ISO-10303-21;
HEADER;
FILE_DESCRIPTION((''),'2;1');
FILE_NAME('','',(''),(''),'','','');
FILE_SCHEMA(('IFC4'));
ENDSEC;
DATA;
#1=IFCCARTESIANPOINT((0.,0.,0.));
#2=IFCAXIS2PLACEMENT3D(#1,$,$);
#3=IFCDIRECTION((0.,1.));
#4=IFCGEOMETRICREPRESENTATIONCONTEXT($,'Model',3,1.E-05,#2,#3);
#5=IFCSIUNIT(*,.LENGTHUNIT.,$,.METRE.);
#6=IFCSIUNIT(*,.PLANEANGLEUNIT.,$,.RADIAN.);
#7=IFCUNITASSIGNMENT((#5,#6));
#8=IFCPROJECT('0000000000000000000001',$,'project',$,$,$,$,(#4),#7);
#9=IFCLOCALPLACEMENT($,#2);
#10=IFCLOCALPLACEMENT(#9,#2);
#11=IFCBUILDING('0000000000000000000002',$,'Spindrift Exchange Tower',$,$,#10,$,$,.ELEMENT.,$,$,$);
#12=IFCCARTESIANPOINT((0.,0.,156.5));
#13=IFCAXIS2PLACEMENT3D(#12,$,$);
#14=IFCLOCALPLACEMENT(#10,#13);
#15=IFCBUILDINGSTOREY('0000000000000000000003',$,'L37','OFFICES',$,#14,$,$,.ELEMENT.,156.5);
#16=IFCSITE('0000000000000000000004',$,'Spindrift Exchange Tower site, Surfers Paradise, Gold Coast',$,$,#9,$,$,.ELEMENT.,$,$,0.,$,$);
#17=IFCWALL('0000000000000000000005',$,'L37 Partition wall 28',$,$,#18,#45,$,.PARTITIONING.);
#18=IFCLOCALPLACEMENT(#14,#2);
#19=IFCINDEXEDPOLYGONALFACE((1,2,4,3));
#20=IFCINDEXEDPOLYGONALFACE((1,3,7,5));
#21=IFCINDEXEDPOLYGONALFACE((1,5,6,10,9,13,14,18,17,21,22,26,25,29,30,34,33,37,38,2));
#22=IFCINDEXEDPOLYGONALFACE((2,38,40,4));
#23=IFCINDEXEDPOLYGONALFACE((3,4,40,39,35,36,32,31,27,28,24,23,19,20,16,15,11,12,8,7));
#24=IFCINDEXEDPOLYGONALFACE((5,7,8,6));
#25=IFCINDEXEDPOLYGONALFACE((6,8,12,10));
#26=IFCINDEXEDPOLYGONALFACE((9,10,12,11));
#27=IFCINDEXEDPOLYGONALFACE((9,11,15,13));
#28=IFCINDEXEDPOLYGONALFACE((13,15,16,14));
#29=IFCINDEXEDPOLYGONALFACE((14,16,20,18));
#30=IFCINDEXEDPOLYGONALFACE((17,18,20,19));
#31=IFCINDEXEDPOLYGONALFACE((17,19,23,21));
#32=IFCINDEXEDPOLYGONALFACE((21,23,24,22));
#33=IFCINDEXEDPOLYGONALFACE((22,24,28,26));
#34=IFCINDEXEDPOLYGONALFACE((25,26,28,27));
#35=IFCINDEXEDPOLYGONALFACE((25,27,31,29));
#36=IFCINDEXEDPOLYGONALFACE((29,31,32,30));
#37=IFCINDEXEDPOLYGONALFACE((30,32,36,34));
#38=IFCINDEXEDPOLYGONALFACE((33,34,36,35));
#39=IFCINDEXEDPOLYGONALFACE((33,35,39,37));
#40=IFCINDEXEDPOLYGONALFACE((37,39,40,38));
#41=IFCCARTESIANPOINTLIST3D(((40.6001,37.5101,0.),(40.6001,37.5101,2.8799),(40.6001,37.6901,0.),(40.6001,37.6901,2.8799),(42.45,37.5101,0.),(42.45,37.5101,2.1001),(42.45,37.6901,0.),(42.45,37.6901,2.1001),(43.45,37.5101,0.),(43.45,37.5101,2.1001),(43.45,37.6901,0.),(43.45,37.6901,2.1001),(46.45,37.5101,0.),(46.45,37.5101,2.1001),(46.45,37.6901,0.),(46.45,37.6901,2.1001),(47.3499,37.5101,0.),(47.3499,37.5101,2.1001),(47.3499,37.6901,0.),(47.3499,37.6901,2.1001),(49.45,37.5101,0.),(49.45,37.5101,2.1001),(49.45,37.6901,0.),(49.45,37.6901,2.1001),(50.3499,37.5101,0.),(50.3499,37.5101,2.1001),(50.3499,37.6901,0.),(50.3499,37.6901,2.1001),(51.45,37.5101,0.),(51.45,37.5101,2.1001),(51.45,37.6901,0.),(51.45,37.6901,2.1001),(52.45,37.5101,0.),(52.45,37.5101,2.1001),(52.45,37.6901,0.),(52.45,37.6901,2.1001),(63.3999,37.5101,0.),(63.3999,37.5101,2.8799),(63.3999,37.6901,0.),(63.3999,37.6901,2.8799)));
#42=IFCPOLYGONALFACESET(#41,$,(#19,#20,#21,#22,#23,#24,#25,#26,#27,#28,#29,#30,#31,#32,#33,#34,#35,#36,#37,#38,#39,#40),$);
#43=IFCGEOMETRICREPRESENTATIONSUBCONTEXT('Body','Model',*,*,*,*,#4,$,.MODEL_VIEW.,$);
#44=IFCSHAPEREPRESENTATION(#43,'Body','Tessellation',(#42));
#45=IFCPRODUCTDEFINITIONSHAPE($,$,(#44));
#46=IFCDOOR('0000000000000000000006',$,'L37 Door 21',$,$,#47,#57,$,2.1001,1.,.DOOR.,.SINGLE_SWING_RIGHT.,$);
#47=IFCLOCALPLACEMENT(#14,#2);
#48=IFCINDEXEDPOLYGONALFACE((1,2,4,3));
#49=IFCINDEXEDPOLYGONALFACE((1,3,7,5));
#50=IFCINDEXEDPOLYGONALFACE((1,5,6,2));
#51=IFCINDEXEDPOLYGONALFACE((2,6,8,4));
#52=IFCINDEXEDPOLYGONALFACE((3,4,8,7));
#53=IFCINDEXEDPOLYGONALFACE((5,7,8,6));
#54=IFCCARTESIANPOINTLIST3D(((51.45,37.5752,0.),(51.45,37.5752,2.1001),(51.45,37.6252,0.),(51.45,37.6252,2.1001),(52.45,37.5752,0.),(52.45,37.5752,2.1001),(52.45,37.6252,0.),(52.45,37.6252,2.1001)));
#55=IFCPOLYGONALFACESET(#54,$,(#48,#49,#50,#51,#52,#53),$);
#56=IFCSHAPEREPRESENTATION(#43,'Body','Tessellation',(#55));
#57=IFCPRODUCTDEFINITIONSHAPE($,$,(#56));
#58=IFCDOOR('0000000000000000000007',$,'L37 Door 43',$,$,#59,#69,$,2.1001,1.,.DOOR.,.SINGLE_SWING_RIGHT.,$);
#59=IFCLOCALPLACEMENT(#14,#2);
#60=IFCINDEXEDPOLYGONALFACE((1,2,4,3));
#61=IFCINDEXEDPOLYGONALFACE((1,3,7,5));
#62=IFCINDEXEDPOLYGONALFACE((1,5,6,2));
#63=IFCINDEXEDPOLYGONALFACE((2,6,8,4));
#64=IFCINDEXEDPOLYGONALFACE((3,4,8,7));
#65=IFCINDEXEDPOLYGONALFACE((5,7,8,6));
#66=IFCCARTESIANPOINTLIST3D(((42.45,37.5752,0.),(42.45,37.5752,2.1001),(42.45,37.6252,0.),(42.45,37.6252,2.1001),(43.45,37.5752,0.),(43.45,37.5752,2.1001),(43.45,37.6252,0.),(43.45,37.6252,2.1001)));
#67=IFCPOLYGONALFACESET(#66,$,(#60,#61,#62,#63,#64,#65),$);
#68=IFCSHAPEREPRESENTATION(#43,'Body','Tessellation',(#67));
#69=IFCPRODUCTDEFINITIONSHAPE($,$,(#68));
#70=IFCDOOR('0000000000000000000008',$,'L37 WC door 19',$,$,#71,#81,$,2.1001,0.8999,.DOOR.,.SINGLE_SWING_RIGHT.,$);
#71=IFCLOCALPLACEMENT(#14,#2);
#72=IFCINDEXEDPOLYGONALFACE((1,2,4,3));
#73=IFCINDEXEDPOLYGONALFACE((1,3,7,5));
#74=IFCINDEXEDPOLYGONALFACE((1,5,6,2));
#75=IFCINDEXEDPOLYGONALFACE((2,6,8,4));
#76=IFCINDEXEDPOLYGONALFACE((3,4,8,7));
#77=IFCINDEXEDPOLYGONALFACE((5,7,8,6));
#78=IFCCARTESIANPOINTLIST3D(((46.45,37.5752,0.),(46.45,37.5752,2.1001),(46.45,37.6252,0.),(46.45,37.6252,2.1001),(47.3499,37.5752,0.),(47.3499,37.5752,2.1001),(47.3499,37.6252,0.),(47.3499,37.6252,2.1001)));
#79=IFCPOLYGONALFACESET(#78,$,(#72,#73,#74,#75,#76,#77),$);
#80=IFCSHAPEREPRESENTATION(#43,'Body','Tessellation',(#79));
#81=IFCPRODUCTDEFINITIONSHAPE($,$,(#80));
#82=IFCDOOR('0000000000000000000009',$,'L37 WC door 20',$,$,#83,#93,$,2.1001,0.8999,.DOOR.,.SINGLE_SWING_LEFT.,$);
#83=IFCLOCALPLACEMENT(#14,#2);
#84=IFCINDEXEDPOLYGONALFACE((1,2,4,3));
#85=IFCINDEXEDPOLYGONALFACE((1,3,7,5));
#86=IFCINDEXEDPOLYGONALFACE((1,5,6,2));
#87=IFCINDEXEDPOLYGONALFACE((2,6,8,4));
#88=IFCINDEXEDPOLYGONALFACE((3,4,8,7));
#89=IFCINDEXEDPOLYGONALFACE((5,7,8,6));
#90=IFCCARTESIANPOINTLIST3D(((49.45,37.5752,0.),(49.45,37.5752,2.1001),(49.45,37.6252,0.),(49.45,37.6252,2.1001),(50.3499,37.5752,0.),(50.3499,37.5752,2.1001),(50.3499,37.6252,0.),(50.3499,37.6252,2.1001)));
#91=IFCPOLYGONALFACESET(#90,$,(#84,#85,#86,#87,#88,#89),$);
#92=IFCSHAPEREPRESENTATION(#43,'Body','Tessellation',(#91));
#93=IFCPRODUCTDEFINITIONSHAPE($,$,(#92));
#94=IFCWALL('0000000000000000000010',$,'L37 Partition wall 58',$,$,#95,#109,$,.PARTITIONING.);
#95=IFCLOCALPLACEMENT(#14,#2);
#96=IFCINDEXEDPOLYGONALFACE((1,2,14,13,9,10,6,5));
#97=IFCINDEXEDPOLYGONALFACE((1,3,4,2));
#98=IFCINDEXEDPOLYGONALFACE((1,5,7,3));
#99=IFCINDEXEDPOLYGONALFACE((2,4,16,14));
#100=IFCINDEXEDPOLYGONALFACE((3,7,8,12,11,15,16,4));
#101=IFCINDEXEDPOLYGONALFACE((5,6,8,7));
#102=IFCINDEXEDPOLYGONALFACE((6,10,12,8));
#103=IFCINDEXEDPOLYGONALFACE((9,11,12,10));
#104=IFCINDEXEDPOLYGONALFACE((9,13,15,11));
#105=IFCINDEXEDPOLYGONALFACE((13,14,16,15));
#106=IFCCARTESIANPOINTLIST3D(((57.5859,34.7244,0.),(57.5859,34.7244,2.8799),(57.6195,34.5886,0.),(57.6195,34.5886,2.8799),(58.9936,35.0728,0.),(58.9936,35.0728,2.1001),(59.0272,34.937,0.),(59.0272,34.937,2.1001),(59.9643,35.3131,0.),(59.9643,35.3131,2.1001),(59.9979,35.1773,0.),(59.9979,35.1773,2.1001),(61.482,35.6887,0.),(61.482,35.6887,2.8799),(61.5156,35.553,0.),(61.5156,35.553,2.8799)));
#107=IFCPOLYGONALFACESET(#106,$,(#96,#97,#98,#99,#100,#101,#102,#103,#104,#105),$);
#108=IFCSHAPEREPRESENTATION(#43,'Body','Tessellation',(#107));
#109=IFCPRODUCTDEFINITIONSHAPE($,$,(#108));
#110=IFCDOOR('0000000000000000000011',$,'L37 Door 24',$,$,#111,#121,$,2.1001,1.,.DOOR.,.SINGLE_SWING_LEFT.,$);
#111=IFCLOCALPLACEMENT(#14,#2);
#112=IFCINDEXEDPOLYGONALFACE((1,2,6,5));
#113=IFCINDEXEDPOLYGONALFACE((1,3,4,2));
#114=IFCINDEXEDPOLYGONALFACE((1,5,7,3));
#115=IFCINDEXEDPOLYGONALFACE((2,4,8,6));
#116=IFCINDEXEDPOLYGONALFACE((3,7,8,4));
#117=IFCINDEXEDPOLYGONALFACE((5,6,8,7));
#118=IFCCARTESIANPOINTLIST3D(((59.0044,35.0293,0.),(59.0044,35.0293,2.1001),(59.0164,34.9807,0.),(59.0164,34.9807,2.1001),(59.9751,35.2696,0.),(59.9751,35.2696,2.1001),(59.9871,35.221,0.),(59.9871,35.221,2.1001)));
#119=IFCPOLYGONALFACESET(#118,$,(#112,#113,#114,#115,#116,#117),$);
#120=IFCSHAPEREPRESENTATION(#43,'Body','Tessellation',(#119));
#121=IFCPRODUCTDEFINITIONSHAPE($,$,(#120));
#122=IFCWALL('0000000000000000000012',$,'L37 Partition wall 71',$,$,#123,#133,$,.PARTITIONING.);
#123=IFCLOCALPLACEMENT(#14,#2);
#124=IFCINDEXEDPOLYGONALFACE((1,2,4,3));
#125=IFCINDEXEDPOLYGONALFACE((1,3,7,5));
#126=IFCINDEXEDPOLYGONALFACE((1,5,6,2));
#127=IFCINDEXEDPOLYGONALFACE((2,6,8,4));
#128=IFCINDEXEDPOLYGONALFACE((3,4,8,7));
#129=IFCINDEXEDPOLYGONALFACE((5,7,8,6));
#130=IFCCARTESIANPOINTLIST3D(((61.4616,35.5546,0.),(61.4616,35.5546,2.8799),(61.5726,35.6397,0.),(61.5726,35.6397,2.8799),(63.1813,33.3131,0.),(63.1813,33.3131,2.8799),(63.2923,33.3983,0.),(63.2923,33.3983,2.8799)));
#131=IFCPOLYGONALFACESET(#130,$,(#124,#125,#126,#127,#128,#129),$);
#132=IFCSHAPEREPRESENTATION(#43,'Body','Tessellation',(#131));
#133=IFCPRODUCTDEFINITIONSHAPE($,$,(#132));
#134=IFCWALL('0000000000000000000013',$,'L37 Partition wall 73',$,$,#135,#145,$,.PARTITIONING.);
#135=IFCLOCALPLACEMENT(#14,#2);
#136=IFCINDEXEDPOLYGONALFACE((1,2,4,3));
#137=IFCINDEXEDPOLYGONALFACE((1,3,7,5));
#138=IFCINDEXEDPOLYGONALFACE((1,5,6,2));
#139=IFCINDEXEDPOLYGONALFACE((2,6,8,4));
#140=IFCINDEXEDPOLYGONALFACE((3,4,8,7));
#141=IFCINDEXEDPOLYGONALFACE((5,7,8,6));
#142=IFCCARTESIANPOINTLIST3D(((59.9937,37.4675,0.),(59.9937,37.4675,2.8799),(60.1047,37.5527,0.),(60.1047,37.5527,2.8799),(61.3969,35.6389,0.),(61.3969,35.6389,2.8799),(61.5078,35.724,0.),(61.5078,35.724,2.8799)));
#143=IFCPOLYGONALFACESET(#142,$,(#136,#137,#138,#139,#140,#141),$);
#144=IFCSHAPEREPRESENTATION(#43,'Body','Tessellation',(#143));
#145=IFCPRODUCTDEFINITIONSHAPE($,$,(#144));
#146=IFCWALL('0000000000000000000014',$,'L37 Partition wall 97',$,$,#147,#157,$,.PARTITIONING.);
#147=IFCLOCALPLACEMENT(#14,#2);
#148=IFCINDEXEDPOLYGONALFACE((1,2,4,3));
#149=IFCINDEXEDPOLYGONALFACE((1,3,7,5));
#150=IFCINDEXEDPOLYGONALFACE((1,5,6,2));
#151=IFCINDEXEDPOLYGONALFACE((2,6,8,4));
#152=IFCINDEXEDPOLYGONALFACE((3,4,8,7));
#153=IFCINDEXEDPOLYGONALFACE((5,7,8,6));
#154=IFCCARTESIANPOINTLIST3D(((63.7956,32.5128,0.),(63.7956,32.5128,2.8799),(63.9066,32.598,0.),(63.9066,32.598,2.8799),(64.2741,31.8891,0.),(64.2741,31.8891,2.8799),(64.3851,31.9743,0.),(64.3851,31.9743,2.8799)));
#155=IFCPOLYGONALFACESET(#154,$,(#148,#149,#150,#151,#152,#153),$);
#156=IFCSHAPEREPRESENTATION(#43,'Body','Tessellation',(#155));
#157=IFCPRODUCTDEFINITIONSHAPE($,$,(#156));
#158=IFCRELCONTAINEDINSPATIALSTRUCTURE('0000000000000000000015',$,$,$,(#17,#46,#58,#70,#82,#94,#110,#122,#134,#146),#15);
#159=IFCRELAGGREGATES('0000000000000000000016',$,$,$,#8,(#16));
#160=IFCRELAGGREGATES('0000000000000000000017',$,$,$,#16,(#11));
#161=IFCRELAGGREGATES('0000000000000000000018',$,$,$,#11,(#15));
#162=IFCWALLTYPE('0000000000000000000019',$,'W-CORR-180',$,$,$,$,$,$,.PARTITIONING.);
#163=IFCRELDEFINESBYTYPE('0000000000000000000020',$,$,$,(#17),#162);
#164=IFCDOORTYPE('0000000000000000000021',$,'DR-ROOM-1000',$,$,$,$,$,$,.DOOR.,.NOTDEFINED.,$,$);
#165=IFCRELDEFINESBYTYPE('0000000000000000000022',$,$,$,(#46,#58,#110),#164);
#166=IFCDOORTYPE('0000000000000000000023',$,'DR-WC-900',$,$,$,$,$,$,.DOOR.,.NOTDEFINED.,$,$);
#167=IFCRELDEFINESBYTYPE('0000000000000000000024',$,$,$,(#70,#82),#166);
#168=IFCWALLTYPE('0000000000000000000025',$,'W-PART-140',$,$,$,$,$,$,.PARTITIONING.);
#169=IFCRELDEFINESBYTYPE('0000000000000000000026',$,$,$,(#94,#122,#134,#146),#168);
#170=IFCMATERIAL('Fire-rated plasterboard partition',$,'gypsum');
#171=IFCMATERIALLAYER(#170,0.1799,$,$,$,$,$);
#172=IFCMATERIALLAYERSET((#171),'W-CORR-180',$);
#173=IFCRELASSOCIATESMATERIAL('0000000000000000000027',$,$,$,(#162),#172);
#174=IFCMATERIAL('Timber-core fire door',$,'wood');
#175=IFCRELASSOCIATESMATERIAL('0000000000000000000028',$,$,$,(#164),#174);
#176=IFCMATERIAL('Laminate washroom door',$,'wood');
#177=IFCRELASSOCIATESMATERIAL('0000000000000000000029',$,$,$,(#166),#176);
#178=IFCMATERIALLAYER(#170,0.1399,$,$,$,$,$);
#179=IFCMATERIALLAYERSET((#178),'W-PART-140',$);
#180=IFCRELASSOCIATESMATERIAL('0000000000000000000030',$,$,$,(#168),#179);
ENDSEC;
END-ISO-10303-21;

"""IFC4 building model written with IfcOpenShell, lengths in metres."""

from ifc_helpers import new_model, si_unit, direction, frame, frame_2d, origin, place, context, subcontext, project, spatial, rectangle, extrude, source, transform, mapped, material, layer, layer_set, type_object, element, fill, save


model = new_model("IFC4")

# Units and contexts
model_context = context("Model", 3, precision=1e-05, world=origin(), true_north=direction((0.0, 1.0)))
body_context = subcontext(model_context, "Body", "Model", "MODEL_VIEW")
ifc_project = project(units=[si_unit("LENGTHUNIT", "METRE"), si_unit("PLANEANGLEUNIT", "RADIAN")], contexts=[model_context])

# Site, building, storey
site_placement = place(None, origin())
site = spatial("IfcSite", under=ifc_project, at=site_placement, Name="Spindrift Exchange Tower site, Surfers Paradise, Gold Coast", CompositionType="ELEMENT", RefElevation=0.0)
building_placement = place(site_placement, origin())
building = spatial("IfcBuilding", under=site, at=building_placement, Name="Spindrift Exchange Tower", CompositionType="ELEMENT")
storey_placement = place(building_placement, frame((0.0, 0.0, 156.5)))
storey = spatial("IfcBuildingStorey", under=building, at=storey_placement, Name="L37", Description="OFFICES", CompositionType="ELEMENT", Elevation=156.5)

# Wall, openings, doors
ifc_material_1 = material(Name="Fire-rated plasterboard partition", Category="gypsum")
ifc_layer_1 = layer(ifc_material_1, 0.1799)
ifc_layer_set_1 = layer_set([ifc_layer_1], Name="W-CORR-180")
wall_type_1 = type_object("IfcWallType", Name="W-CORR-180", PredefinedType="PARTITIONING", material=ifc_layer_set_1)
wall_1_placement = place(storey_placement, frame((63.3999, 37.6001, 0.0), z_axis=(0.0, 0.0, 1.0), x_axis=(-1.0, 0.0, 0.0)))
wall_1 = element("IfcWall", 1, at=wall_1_placement, inside=storey, type_object=wall_type_1, Name="L37 Partition wall 28", PredefinedType="PARTITIONING", context=body_context, shape_type="SweptSolid", body=[
    extrude(rectangle(XDim=22.7998, YDim=0.1799, at=frame_2d((11.3999, 0.0))), origin(), (0.0, 0.0, 1.0), 2.8799),
])
opening_1_placement = place(wall_1_placement, frame((16.05, 0.0, 0.0)))
opening_1 = element("IfcOpeningElement", 2, at=opening_1_placement, cuts=wall_1, PredefinedType="OPENING", context=body_context, shape_type="SweptSolid", body=[
    extrude(rectangle(XDim=0.8999, YDim=2.1001, at=frame_2d((0.45, 1.05))), frame((0.0, 0.0999, 0.0), z_axis=(0.0, -1.0, 0.0), x_axis=(1.0, 0.0, 0.0)), (0.0, 0.0, 1.0), 0.2),
])
opening_2_placement = place(wall_1_placement, frame((13.05, 0.0, 0.0)))
opening_2 = element("IfcOpeningElement", 3, at=opening_2_placement, cuts=wall_1, PredefinedType="OPENING", context=body_context, shape_type="SweptSolid", body=[
    extrude(rectangle(XDim=0.8999, YDim=2.1001, at=frame_2d((0.45, 1.05))), frame((0.0, 0.0999, 0.0), z_axis=(0.0, -1.0, 0.0), x_axis=(1.0, 0.0, 0.0)), (0.0, 0.0, 1.0), 0.2),
])
opening_3_placement = place(wall_1_placement, frame((10.95, 0.0, 0.0)))
opening_3 = element("IfcOpeningElement", 4, at=opening_3_placement, cuts=wall_1, PredefinedType="OPENING", context=body_context, shape_type="SweptSolid", body=[
    extrude(rectangle(XDim=1.0, YDim=2.1001, at=frame_2d((0.5, 1.05))), frame((0.0, 0.0999, 0.0), z_axis=(0.0, -1.0, 0.0), x_axis=(1.0, 0.0, 0.0)), (0.0, 0.0, 1.0), 0.2),
])
opening_4_placement = place(wall_1_placement, frame((19.95, 0.0, 0.0)))
opening_4 = element("IfcOpeningElement", 5, at=opening_4_placement, cuts=wall_1, PredefinedType="OPENING", context=body_context, shape_type="SweptSolid", body=[
    extrude(rectangle(XDim=1.0, YDim=2.1001, at=frame_2d((0.5, 1.05))), frame((0.0, 0.0999, 0.0), z_axis=(0.0, -1.0, 0.0), x_axis=(1.0, 0.0, 0.0)), (0.0, 0.0, 1.0), 0.2),
])
ifc_material_2 = material(Name="Timber-core fire door", Category="wood")
door_type_1 = type_object("IfcDoorType", Name="DR-ROOM-1000", OperationType="NOTDEFINED", PredefinedType="DOOR", material=ifc_material_2)
shared_shape_1 = source(origin(), body_context, "Body", "SweptSolid", [
    extrude(rectangle(XDim=1.0, YDim=2.1001, at=frame_2d((0.5, 1.05))), frame((0.0, 0.0249, 0.0), z_axis=(0.0, -1.0, 0.0), x_axis=(1.0, 0.0, 0.0)), (0.0, 0.0, 1.0), 0.05),
])
door_1_placement = place(opening_3_placement, origin())
door_1 = element("IfcDoor", 6, at=door_1_placement, inside=storey, type_object=door_type_1, Name="L37 Door 21", OperationType="SINGLE_SWING_RIGHT", OverallHeight=2.1001, OverallWidth=1.0, PredefinedType="DOOR", context=body_context, shape_type="MappedRepresentation", body=[
    mapped(shared_shape_1, transform((0.0, 0.0, 0.0), scale=1.0)),
])
fill(opening_3, door_1)
door_2_placement = place(opening_4_placement, origin())
door_2 = element("IfcDoor", 7, at=door_2_placement, inside=storey, type_object=door_type_1, Name="L37 Door 43", OperationType="SINGLE_SWING_RIGHT", OverallHeight=2.1001, OverallWidth=1.0, PredefinedType="DOOR", context=body_context, shape_type="MappedRepresentation", body=[
    mapped(shared_shape_1, transform((0.0, 0.0, 0.0), scale=1.0)),
])
fill(opening_4, door_2)
ifc_material_3 = material(Name="Laminate washroom door", Category="wood")
door_type_2 = type_object("IfcDoorType", Name="DR-WC-900", OperationType="NOTDEFINED", PredefinedType="DOOR", material=ifc_material_3)
shared_shape_2 = source(origin(), body_context, "Body", "SweptSolid", [
    extrude(rectangle(XDim=0.8999, YDim=2.1001, at=frame_2d((0.45, 1.05))), frame((0.0, 0.0249, 0.0), z_axis=(0.0, -1.0, 0.0), x_axis=(1.0, 0.0, 0.0)), (0.0, 0.0, 1.0), 0.05),
])
door_3_placement = place(opening_1_placement, origin())
door_3 = element("IfcDoor", 8, at=door_3_placement, inside=storey, type_object=door_type_2, Name="L37 WC door 19", OperationType="SINGLE_SWING_RIGHT", OverallHeight=2.1001, OverallWidth=0.8999, PredefinedType="DOOR", context=body_context, shape_type="MappedRepresentation", body=[
    mapped(shared_shape_2, transform((0.0, 0.0, 0.0), scale=1.0)),
])
fill(opening_1, door_3)
door_4_placement = place(opening_2_placement, origin())
door_4 = element("IfcDoor", 9, at=door_4_placement, inside=storey, type_object=door_type_2, Name="L37 WC door 20", OperationType="SINGLE_SWING_LEFT", OverallHeight=2.1001, OverallWidth=0.8999, PredefinedType="DOOR", context=body_context, shape_type="MappedRepresentation", body=[
    mapped(shared_shape_2, transform((0.0, 0.0, 0.0), scale=1.0)),
])
fill(opening_2, door_4)

# Wall, opening, door
ifc_layer_2 = layer(ifc_material_1, 0.1399)
ifc_layer_set_2 = layer_set([ifc_layer_2], Name="W-PART-140")
wall_type_2 = type_object("IfcWallType", Name="W-PART-140", PredefinedType="PARTITIONING", material=ifc_layer_set_2)
wall_2_placement = place(storey_placement, frame((61.4988, 35.6208, 0.0), z_axis=(0.0, 0.0, 1.0), x_axis=(-0.970705, -0.240274, 0.0)))
wall_2 = element("IfcWall", 10, at=wall_2_placement, inside=storey, type_object=wall_type_2, Name="L37 Partition wall 58", PredefinedType="PARTITIONING", context=body_context, shape_type="SweptSolid", body=[
    extrude(rectangle(XDim=4.0137, YDim=0.1399, at=frame_2d((2.0068, 0.0))), origin(), (0.0, 0.0, 1.0), 2.8799),
])
opening_5_placement = place(wall_2_placement, frame((1.5635, 0.0, 0.0)))
opening_5 = element("IfcOpeningElement", 11, at=opening_5_placement, cuts=wall_2, PredefinedType="OPENING", context=body_context, shape_type="SweptSolid", body=[
    extrude(rectangle(XDim=1.0, YDim=2.1001, at=frame_2d((0.5, 1.05))), frame((0.0, 0.0798, 0.0), z_axis=(0.0, -1.0, 0.0), x_axis=(1.0, 0.0, 0.0)), (0.0, 0.0, 1.0), 0.1599),
])
door_5_placement = place(opening_5_placement, origin())
door_5 = element("IfcDoor", 12, at=door_5_placement, inside=storey, type_object=door_type_1, Name="L37 Door 24", OperationType="SINGLE_SWING_LEFT", OverallHeight=2.1001, OverallWidth=1.0, PredefinedType="DOOR", context=body_context, shape_type="MappedRepresentation", body=[
    mapped(shared_shape_1, transform((0.0, 0.0, 0.0), scale=1.0)),
])
fill(opening_5, door_5)

# Walls
wall_3_placement = place(storey_placement, frame((61.5171, 35.5972, 0.0), z_axis=(0.0, 0.0, 1.0), x_axis=(0.608716, -0.793388, 0.0)))
element("IfcWall", 13, at=wall_3_placement, inside=storey, type_object=wall_type_2, Name="L37 Partition wall 71", PredefinedType="PARTITIONING", context=body_context, shape_type="SweptSolid", body=[
    extrude(rectangle(XDim=2.8252, YDim=0.1399, at=frame_2d((1.4126, 0.0))), origin(), (0.0, 0.0, 1.0), 2.8799),
])
wall_4_placement = place(storey_placement, frame((60.0493, 37.51, 0.0), z_axis=(0.0, 0.0, 1.0), x_axis=(0.608743, -0.793368, 0.0)))
element("IfcWall", 14, at=wall_4_placement, inside=storey, type_object=wall_type_2, Name="L37 Partition wall 73", PredefinedType="PARTITIONING", context=body_context, shape_type="SweptSolid", body=[
    extrude(rectangle(XDim=2.3049, YDim=0.1399, at=frame_2d((1.1523, 0.0))), origin(), (0.0, 0.0, 1.0), 2.8799),
])
wall_5_placement = place(storey_placement, frame((63.8511, 32.5554, 0.0), z_axis=(0.0, 0.0, 1.0), x_axis=(0.60866, -0.793431, 0.0)))
element("IfcWall", 15, at=wall_5_placement, inside=storey, type_object=wall_type_2, Name="L37 Partition wall 97", PredefinedType="PARTITIONING", context=body_context, shape_type="SweptSolid", body=[
    extrude(rectangle(XDim=0.7861, YDim=0.1399, at=frame_2d((0.3931, 0.0))), origin(), (0.0, 0.0, 1.0), 2.8799),
])

save(model, "model.ifc")
